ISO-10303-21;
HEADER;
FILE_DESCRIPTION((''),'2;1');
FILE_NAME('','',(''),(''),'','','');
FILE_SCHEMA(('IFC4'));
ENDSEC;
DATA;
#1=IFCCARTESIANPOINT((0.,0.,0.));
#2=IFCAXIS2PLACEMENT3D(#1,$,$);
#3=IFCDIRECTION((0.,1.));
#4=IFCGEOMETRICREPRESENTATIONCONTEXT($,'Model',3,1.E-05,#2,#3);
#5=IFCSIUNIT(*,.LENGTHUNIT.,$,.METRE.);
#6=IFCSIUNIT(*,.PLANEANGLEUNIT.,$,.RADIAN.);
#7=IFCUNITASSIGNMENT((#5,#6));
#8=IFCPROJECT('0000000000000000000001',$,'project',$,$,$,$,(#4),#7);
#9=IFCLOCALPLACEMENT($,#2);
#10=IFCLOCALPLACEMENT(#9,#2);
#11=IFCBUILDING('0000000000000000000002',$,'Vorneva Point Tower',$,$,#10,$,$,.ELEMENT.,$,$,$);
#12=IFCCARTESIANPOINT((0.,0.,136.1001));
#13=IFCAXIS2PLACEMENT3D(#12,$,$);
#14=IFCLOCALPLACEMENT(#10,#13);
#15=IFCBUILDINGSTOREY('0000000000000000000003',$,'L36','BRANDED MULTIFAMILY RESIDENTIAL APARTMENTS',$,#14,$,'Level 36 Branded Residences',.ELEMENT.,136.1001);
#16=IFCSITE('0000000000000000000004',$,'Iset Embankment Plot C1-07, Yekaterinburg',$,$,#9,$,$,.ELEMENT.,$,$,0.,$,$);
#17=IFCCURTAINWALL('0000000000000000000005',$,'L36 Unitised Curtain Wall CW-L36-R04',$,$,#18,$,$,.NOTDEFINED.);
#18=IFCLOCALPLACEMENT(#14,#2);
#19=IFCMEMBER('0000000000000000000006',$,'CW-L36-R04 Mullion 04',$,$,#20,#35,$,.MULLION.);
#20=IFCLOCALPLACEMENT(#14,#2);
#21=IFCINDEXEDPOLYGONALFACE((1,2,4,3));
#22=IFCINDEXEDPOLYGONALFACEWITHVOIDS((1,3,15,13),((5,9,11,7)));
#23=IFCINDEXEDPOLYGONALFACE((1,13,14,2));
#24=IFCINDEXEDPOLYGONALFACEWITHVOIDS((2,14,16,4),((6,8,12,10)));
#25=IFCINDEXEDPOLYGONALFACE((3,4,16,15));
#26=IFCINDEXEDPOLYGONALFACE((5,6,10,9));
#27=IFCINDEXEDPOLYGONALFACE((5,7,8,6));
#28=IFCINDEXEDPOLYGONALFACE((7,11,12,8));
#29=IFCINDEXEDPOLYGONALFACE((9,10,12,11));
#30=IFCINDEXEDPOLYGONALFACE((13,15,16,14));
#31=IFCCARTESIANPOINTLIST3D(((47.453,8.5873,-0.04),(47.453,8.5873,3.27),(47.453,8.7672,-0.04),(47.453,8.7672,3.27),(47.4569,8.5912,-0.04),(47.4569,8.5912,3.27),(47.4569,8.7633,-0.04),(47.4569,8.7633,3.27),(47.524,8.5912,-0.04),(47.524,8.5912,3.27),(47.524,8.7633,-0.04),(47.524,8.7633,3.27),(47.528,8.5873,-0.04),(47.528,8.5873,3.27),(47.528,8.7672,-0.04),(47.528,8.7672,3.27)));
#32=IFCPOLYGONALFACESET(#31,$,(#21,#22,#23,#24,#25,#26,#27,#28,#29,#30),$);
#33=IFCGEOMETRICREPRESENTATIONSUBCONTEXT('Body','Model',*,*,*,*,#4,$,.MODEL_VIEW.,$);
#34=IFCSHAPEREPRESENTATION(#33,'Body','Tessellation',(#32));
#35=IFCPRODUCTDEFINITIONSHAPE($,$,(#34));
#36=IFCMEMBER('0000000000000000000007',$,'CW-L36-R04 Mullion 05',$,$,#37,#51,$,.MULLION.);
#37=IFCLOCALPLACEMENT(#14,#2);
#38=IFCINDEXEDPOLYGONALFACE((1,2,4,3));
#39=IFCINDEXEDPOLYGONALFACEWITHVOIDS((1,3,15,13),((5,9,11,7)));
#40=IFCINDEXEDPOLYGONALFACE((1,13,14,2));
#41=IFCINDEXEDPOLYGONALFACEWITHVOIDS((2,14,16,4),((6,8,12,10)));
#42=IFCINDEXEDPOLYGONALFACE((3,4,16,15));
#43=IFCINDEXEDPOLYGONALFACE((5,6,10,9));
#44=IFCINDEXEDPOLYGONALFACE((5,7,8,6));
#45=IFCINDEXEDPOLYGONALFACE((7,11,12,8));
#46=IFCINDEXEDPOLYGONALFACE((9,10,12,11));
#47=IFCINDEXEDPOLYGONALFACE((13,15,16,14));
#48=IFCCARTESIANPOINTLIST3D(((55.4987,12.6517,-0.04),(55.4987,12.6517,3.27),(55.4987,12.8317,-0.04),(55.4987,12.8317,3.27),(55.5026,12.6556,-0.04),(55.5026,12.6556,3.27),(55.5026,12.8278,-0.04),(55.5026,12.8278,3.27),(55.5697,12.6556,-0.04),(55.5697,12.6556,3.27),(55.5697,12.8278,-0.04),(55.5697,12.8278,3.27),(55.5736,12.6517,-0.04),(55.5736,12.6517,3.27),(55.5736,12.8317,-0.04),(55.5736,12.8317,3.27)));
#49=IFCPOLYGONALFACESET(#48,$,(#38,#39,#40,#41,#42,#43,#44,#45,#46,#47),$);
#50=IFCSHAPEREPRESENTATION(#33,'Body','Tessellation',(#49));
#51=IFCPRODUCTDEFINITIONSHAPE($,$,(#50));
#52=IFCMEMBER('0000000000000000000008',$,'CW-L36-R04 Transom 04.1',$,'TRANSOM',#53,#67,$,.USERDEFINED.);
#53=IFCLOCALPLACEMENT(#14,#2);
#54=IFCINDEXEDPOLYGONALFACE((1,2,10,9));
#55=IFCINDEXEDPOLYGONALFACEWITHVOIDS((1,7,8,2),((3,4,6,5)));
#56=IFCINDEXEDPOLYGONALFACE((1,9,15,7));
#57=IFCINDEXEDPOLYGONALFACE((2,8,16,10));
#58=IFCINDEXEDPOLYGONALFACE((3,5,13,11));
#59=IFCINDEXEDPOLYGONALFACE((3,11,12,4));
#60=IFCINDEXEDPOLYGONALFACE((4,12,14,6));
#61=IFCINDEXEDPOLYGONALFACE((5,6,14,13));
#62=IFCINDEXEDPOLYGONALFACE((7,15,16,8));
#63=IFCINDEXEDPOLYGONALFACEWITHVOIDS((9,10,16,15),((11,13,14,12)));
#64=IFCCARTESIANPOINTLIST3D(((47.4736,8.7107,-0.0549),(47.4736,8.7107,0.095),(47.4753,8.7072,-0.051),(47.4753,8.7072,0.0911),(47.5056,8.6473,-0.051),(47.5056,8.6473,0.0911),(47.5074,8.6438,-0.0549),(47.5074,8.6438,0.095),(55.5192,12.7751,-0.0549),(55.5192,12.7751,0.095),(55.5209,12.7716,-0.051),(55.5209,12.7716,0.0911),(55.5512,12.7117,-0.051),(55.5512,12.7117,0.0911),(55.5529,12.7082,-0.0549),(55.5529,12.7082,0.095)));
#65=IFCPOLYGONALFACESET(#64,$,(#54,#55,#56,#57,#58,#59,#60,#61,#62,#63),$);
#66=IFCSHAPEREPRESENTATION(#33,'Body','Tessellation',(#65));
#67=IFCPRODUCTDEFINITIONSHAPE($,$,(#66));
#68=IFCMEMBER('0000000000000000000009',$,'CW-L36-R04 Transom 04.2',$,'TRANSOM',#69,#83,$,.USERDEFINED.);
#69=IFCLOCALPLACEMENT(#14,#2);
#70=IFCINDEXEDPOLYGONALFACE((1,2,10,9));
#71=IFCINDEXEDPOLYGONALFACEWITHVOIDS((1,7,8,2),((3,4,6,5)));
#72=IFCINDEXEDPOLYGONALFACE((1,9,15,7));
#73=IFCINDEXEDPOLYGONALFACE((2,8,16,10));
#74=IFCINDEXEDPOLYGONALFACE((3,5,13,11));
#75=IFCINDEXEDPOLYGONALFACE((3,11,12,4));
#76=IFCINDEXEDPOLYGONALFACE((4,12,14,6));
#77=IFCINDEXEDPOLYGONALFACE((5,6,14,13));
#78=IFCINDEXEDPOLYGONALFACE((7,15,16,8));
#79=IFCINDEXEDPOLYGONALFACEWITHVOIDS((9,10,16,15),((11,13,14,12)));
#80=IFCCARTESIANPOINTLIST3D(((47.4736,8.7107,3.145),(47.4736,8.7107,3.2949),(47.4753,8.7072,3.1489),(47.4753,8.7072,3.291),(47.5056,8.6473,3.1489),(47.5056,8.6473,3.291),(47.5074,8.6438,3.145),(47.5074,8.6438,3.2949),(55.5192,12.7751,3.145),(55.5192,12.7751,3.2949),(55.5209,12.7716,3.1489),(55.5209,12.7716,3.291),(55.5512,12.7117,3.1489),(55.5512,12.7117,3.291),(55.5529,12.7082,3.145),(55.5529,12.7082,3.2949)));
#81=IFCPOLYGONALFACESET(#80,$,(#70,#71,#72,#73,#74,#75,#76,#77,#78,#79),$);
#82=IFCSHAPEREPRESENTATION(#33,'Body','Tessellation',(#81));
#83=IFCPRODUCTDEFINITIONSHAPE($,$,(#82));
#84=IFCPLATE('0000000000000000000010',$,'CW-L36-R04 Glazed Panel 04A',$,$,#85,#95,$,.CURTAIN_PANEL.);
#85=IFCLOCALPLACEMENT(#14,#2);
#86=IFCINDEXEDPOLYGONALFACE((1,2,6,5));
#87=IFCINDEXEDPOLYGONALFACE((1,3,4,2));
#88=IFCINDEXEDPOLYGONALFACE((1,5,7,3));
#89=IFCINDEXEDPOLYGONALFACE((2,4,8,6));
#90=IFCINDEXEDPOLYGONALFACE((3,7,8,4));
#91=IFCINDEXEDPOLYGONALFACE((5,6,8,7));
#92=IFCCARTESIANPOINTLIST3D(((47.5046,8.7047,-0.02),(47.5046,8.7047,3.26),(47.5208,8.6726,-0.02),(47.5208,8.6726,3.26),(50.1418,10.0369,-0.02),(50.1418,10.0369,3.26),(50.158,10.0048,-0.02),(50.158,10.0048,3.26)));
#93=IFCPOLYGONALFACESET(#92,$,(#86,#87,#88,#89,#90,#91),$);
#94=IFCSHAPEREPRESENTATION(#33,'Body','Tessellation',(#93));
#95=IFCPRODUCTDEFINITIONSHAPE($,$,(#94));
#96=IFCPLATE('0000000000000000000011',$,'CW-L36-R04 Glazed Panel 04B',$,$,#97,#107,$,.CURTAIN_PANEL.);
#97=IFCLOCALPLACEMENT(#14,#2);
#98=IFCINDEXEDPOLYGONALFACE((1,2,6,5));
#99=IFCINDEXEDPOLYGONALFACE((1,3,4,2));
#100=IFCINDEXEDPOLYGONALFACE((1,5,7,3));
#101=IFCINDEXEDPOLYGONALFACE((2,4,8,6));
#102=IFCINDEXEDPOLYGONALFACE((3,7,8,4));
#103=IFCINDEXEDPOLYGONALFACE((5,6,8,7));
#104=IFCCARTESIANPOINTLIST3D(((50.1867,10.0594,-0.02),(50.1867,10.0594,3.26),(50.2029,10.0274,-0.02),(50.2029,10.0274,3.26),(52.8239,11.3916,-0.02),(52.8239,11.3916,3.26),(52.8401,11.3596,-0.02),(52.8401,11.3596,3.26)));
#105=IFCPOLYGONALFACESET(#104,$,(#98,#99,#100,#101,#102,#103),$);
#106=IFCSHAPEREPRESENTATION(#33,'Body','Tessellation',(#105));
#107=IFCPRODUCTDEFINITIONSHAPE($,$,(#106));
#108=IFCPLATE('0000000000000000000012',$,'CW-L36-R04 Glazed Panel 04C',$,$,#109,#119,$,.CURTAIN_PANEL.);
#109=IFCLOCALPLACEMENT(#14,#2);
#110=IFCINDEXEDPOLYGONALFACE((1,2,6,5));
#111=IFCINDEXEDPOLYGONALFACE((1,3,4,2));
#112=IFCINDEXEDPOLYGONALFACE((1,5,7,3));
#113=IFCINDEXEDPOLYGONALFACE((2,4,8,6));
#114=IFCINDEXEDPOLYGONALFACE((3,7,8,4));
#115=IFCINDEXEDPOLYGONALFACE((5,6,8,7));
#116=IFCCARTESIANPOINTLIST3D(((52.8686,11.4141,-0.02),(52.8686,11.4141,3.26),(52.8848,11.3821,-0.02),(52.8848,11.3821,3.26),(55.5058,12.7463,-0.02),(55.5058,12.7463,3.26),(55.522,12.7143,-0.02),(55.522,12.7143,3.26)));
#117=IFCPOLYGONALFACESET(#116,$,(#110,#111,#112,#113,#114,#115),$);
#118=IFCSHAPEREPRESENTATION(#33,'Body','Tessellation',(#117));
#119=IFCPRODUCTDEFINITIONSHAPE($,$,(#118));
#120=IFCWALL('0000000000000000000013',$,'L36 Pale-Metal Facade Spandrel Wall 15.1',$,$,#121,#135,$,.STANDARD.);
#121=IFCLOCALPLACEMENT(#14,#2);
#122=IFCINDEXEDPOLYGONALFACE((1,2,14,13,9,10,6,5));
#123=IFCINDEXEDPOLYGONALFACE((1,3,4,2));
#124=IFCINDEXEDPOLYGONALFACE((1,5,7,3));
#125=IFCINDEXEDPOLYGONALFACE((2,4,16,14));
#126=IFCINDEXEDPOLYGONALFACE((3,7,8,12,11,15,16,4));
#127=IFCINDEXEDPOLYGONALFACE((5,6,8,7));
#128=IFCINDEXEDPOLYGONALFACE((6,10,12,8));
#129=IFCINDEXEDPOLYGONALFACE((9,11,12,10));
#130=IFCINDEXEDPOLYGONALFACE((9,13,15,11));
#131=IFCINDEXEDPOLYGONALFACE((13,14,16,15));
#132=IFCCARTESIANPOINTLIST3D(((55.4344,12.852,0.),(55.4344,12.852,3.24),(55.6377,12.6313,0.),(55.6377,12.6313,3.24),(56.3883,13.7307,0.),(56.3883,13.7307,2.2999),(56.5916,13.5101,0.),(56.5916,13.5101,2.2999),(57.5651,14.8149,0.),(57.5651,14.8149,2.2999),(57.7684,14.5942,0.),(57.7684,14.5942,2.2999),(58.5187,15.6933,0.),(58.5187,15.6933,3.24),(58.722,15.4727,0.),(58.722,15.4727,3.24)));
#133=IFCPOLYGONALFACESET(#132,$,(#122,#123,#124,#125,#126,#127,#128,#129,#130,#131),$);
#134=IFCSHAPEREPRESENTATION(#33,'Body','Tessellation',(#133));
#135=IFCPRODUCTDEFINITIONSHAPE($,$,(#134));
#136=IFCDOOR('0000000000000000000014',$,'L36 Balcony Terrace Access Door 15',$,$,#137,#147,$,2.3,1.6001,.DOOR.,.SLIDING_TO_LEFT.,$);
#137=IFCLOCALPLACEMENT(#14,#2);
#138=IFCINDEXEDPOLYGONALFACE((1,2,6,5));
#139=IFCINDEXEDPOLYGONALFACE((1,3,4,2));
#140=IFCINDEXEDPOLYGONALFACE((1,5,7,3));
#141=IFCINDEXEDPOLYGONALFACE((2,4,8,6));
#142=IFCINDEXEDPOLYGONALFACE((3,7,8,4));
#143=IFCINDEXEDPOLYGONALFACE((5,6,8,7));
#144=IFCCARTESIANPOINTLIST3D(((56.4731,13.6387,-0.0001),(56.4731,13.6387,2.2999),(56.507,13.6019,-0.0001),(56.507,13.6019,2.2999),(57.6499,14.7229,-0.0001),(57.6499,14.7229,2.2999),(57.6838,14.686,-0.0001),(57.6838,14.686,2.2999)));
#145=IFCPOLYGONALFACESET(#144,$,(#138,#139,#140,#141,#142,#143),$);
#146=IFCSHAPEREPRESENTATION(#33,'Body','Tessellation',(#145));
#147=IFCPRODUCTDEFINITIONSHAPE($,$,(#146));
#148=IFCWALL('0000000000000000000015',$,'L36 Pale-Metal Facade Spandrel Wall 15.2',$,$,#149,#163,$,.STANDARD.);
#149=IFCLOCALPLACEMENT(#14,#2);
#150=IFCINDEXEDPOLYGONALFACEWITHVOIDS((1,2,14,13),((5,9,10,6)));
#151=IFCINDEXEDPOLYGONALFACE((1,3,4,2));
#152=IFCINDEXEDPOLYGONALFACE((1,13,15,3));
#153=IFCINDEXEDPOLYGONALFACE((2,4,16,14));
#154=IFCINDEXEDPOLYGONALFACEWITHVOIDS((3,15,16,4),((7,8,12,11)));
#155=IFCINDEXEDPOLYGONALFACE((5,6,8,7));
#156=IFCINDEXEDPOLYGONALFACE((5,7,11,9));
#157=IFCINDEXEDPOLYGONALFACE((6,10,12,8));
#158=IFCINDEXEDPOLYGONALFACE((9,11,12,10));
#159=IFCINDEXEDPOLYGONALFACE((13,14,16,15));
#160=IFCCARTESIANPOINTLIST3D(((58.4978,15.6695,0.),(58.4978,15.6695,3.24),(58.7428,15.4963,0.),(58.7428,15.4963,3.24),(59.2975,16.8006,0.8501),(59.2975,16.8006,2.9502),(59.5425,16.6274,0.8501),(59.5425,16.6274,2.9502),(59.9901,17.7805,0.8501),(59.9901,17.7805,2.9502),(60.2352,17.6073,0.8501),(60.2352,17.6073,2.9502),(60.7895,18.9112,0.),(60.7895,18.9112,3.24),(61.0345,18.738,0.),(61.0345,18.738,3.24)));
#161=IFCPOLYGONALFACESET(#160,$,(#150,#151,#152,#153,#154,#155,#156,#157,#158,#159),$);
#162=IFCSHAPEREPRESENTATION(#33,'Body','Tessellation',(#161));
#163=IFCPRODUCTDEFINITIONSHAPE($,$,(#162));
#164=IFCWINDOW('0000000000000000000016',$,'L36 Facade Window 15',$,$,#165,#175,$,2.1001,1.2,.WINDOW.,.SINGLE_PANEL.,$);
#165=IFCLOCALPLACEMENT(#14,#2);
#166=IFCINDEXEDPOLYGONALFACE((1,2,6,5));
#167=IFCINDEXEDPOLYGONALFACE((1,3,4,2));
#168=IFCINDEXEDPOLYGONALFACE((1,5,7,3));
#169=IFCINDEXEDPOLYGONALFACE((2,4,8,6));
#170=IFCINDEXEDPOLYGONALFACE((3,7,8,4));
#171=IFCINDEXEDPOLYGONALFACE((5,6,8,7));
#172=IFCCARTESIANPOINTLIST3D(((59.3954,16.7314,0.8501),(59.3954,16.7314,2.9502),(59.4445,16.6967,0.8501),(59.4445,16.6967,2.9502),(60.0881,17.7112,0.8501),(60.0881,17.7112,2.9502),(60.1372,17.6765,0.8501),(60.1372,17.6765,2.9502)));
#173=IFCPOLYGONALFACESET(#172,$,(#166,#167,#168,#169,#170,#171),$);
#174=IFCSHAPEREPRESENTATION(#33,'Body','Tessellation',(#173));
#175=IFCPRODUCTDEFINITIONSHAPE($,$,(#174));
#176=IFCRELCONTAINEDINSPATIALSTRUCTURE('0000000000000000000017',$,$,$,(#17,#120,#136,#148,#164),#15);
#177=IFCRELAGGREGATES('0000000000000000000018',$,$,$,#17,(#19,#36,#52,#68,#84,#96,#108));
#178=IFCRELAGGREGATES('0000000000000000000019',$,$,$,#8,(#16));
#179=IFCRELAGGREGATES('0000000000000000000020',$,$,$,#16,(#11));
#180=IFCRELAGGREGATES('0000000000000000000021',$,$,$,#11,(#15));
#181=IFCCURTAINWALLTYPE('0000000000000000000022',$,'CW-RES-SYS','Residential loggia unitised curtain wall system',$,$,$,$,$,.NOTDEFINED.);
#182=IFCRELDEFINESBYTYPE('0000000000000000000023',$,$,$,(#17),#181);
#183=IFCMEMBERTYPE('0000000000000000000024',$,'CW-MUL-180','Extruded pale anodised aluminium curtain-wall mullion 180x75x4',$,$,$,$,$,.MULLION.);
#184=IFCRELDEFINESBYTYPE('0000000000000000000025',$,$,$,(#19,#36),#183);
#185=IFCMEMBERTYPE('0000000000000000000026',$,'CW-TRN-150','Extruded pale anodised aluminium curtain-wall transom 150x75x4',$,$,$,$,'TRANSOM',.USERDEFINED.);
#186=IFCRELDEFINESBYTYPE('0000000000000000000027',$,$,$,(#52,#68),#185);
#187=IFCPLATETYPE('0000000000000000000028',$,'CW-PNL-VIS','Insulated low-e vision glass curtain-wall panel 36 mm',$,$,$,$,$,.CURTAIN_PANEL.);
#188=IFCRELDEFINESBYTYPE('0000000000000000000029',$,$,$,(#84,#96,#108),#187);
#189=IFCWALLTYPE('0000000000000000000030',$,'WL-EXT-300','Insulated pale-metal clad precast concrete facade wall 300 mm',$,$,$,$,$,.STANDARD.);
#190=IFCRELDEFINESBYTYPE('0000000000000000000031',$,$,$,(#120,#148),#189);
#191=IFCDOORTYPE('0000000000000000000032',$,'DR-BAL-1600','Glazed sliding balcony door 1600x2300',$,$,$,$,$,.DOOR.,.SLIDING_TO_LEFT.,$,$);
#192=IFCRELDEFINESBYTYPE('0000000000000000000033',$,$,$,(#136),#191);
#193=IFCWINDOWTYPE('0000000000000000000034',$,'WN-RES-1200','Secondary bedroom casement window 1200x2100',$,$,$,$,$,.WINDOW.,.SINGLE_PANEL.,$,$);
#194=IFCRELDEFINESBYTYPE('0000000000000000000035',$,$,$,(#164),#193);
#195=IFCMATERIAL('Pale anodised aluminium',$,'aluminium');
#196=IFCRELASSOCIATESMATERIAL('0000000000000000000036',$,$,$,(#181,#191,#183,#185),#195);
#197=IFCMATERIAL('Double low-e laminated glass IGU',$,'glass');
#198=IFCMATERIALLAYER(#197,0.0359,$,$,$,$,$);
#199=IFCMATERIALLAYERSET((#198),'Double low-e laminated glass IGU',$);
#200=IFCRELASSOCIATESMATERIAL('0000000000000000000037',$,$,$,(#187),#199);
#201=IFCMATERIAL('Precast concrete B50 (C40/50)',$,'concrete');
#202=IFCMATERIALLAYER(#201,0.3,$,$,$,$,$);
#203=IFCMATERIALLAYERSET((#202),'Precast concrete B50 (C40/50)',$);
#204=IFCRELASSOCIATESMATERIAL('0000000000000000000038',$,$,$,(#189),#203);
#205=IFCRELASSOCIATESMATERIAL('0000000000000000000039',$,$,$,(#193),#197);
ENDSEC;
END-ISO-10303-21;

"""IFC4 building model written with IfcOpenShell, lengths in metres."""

from ifc_helpers import new_model, si_unit, direction, frame, frame_2d, origin, origin_2d, place, context, subcontext, project, spatial, rectangle, hollow_rectangle, extrude, material, layer, layer_set, material_profile, profile_set, type_object, element, fill, aggregate, save


model = new_model("IFC4")

# Units and contexts
model_context = context("Model", 3, precision=1e-05, world=origin(), true_north=direction((0.0, 1.0)))
body_context = subcontext(model_context, "Body", "Model", "MODEL_VIEW")
ifc_project = project(units=[si_unit("LENGTHUNIT", "METRE"), si_unit("PLANEANGLEUNIT", "RADIAN")], contexts=[model_context])

# Site, building, storey
site_placement = place(None, origin())
site = spatial("IfcSite", under=ifc_project, at=site_placement, Name="Iset Embankment Plot C1-07, Yekaterinburg", CompositionType="ELEMENT", RefElevation=0.0)
building_placement = place(site_placement, origin())
building = spatial("IfcBuilding", under=site, at=building_placement, Name="Vorneva Point Tower", CompositionType="ELEMENT")
storey_placement = place(building_placement, frame((0.0, 0.0, 136.1001)))
storey = spatial("IfcBuildingStorey", under=building, at=storey_placement, Name="L36", Description="BRANDED MULTIFAMILY RESIDENTIAL APARTMENTS", LongName="Level 36 Branded Residences", CompositionType="ELEMENT", Elevation=136.1001)

# Curtain wall, members, plates
ifc_material_1 = material(Name="Pale anodised aluminium", Category="aluminium")
curtain_wall_type = type_object("IfcCurtainWallType", Name="CW-RES-SYS", Description="Residential loggia unitised curtain wall system", PredefinedType="NOTDEFINED", material=ifc_material_1)
curtain_wall_placement = place(storey_placement, origin())
curtain_wall = element("IfcCurtainWall", 1, at=curtain_wall_placement, inside=storey, type_object=curtain_wall_type, Name="L36 Unitised Curtain Wall CW-L36-R04", PredefinedType="NOTDEFINED")
ifc_material_profile_1 = material_profile(ifc_material_1, hollow_rectangle(XDim=0.075, YDim=0.1799, WallThickness=0.0039, at=origin_2d()), Name="AL-MUL 180x75x4")
ifc_profile_set_1 = profile_set([ifc_material_profile_1], Name="Pale anodised aluminium")
member_type_1 = type_object("IfcMemberType", Name="CW-MUL-180", Description="Extruded pale anodised aluminium curtain-wall mullion 180x75x4", PredefinedType="MULLION", material=ifc_profile_set_1)
member_1_placement = place(storey_placement, frame((47.4905, 8.6772, -0.04), z_axis=(0.0, 0.0, 1.0), x_axis=(1.0, 0.0, 0.0)))
member_1 = element("IfcMember", 2, at=member_1_placement, type_object=member_type_1, Name="CW-L36-R04 Mullion 04", PredefinedType="MULLION", context=body_context, shape_type="SweptSolid", body=[
    extrude(hollow_rectangle(XDim=0.075, YDim=0.1799, WallThickness=0.0039, at=origin_2d()), origin(), (0.0, 0.0, 1.0), 3.3101),
])
member_2_placement = place(storey_placement, frame((55.5361, 12.7417, -0.04), z_axis=(0.0, 0.0, 1.0), x_axis=(1.0, 0.0, 0.0)))
member_2 = element("IfcMember", 3, at=member_2_placement, type_object=member_type_1, Name="CW-L36-R04 Mullion 05", PredefinedType="MULLION", context=body_context, shape_type="SweptSolid", body=[
    extrude(hollow_rectangle(XDim=0.075, YDim=0.1799, WallThickness=0.0039, at=origin_2d()), origin(), (0.0, 0.0, 1.0), 3.3101),
])
ifc_material_profile_2 = material_profile(ifc_material_1, hollow_rectangle(XDim=0.075, YDim=0.1499, WallThickness=0.0039, at=origin_2d()), Name="AL-TRN 150x75x4")
ifc_profile_set_2 = profile_set([ifc_material_profile_2], Name="Pale anodised aluminium")
member_type_2 = type_object("IfcMemberType", Name="CW-TRN-150", Description="Extruded pale anodised aluminium curtain-wall transom 150x75x4", ElementType="TRANSOM", PredefinedType="USERDEFINED", material=ifc_profile_set_2)
member_3_placement = place(storey_placement, frame((47.4905, 8.6772, 0.02), z_axis=(0.892572, 0.450904, 0.0), x_axis=(-0.450904, 0.892572, 0.0)))
member_3 = element("IfcMember", 4, at=member_3_placement, type_object=member_type_2, Name="CW-L36-R04 Transom 04.1", ObjectType="TRANSOM", PredefinedType="USERDEFINED", context=body_context, shape_type="SweptSolid", body=[
    extrude(hollow_rectangle(XDim=0.075, YDim=0.1499, WallThickness=0.0039, at=origin_2d()), origin(), (0.0, 0.0, 1.0), 9.0139),
])
member_4_placement = place(storey_placement, frame((47.4905, 8.6772, 3.22), z_axis=(0.892572, 0.450904, 0.0), x_axis=(-0.450904, 0.892572, 0.0)))
member_4 = element("IfcMember", 5, at=member_4_placement, type_object=member_type_2, Name="CW-L36-R04 Transom 04.2", ObjectType="TRANSOM", PredefinedType="USERDEFINED", context=body_context, shape_type="SweptSolid", body=[
    extrude(hollow_rectangle(XDim=0.075, YDim=0.1499, WallThickness=0.0039, at=origin_2d()), origin(), (0.0, 0.0, 1.0), 9.0139),
])
ifc_material_2 = material(Name="Double low-e laminated glass IGU", Category="glass")
ifc_layer_1 = layer(ifc_material_2, 0.0359)
ifc_layer_set_1 = layer_set([ifc_layer_1], Name="Double low-e laminated glass IGU")
plate_type = type_object("IfcPlateType", Name="CW-PNL-VIS", Description="Insulated low-e vision glass curtain-wall panel 36 mm", PredefinedType="CURTAIN_PANEL", material=ifc_layer_set_1)
plate_1_placement = place(storey_placement, frame((48.8313, 9.3547, -0.02), z_axis=(0.0, 0.0, 1.0), x_axis=(0.892578, 0.450893, 0.0)))
plate_1 = element("IfcPlate", 6, at=plate_1_placement, type_object=plate_type, Name="CW-L36-R04 Glazed Panel 04A", PredefinedType="CURTAIN_PANEL", context=body_context, shape_type="SweptSolid", body=[
    extrude(rectangle(XDim=2.9546, YDim=0.0359, at=origin_2d()), origin(), (0.0, 0.0, 1.0), 3.28),
])
plate_2_placement = place(storey_placement, frame((51.5134, 10.7095, -0.02), z_axis=(0.0, 0.0, 1.0), x_axis=(0.892578, 0.450893, 0.0)))
plate_2 = element("IfcPlate", 7, at=plate_2_placement, type_object=plate_type, Name="CW-L36-R04 Glazed Panel 04B", PredefinedType="CURTAIN_PANEL", context=body_context, shape_type="SweptSolid", body=[
    extrude(rectangle(XDim=2.9546, YDim=0.0359, at=origin_2d()), origin(), (0.0, 0.0, 1.0), 3.28),
])
plate_3_placement = place(storey_placement, frame((54.1953, 12.0642, -0.02), z_axis=(0.0, 0.0, 1.0), x_axis=(0.892578, 0.450893, 0.0)))
plate_3 = element("IfcPlate", 8, at=plate_3_placement, type_object=plate_type, Name="CW-L36-R04 Glazed Panel 04C", PredefinedType="CURTAIN_PANEL", context=body_context, shape_type="SweptSolid", body=[
    extrude(rectangle(XDim=2.9546, YDim=0.0359, at=origin_2d()), origin(), (0.0, 0.0, 1.0), 3.28),
])
aggregate(curtain_wall, [member_1, member_2, member_3, member_4, plate_1, plate_2, plate_3])

# Wall, opening, door
ifc_material_3 = material(Name="Precast concrete B50 (C40/50)", Category="concrete")
ifc_layer_2 = layer(ifc_material_3, 0.3)
ifc_layer_set_2 = layer_set([ifc_layer_2], Name="Precast concrete B50 (C40/50)")
wall_type_1 = type_object("IfcWallType", Name="WL-EXT-300", Description="Insulated pale-metal clad precast concrete facade wall 300 mm", PredefinedType="STANDARD", material=ifc_layer_set_2)
wall_1_placement = place(storey_placement, frame((55.5361, 12.7417, 0.0), z_axis=(0.0, 0.0, 1.0), x_axis=(0.735477, 0.67755, 0.0)))
wall_1 = element("IfcWall", 9, at=wall_1_placement, inside=storey, type_object=wall_type_1, Name="L36 Pale-Metal Facade Spandrel Wall 15.1", PredefinedType="STANDARD", context=body_context, shape_type="SweptSolid", body=[
    extrude(rectangle(XDim=4.1936, YDim=0.3, at=frame_2d((2.0967, 0.0))), origin(), (0.0, 0.0, 1.0), 3.24),
])
opening_1_placement = place(wall_1_placement, frame((1.2969, 0.0, 0.0)))
opening_1 = element("IfcOpeningElement", 10, at=opening_1_placement, cuts=wall_1, PredefinedType="OPENING", context=body_context, shape_type="SweptSolid", body=[
    extrude(rectangle(XDim=1.6001, YDim=2.3, at=frame_2d((0.8, 1.1499))), frame((0.0, 0.165, 0.0), z_axis=(0.0, -1.0, 0.0), x_axis=(1.0, 0.0, 0.0)), (0.0, 0.0, 1.0), 0.3298),
])
door_type_1 = type_object("IfcDoorType", Name="DR-BAL-1600", Description="Glazed sliding balcony door 1600x2300", OperationType="SLIDING_TO_LEFT", PredefinedType="DOOR", material=ifc_material_1)
door_1_placement = place(opening_1_placement, origin())
door_1 = element("IfcDoor", 11, at=door_1_placement, inside=storey, type_object=door_type_1, Name="L36 Balcony Terrace Access Door 15", OperationType="SLIDING_TO_LEFT", OverallHeight=2.3, OverallWidth=1.6001, PredefinedType="DOOR", context=body_context, shape_type="SweptSolid", body=[
    extrude(rectangle(XDim=1.6001, YDim=2.3, at=frame_2d((0.8, 1.1499))), frame((0.0, 0.0249, 0.0), z_axis=(0.0, -1.0, 0.0), x_axis=(1.0, 0.0, 0.0)), (0.0, 0.0, 1.0), 0.05),
])
fill(opening_1, door_1)

# Wall, opening, window
wall_2_placement = place(storey_placement, frame((58.6204, 15.583, 0.0), z_axis=(0.0, 0.0, 1.0), x_axis=(0.57727, 0.816554, 0.0)))
wall_2 = element("IfcWall", 12, at=wall_2_placement, inside=storey, type_object=wall_type_1, Name="L36 Pale-Metal Facade Spandrel Wall 15.2", PredefinedType="STANDARD", context=body_context, shape_type="SweptSolid", body=[
    extrude(rectangle(XDim=3.97, YDim=0.3, at=frame_2d((1.9849, 0.0))), origin(), (0.0, 0.0, 1.0), 3.24),
])
opening_2_placement = place(wall_2_placement, frame((1.385, 0.0, 0.8501)))
opening_2 = element("IfcOpeningElement", 13, at=opening_2_placement, cuts=wall_2, PredefinedType="OPENING", context=body_context, shape_type="SweptSolid", body=[
    extrude(rectangle(XDim=1.2, YDim=2.1001, at=frame_2d((0.6001, 1.05))), frame((0.0, 0.165, 0.0), z_axis=(0.0, -1.0, 0.0), x_axis=(1.0, 0.0, 0.0)), (0.0, 0.0, 1.0), 0.3298),
])
window_type = type_object("IfcWindowType", Name="WN-RES-1200", Description="Secondary bedroom casement window 1200x2100", PartitioningType="SINGLE_PANEL", PredefinedType="WINDOW", material=ifc_material_2)
window_placement = place(opening_2_placement, origin())
window = element("IfcWindow", 14, at=window_placement, inside=storey, type_object=window_type, Name="L36 Facade Window 15", OverallHeight=2.1001, OverallWidth=1.2, PartitioningType="SINGLE_PANEL", PredefinedType="WINDOW", context=body_context, shape_type="SweptSolid", body=[
    extrude(rectangle(XDim=1.2, YDim=2.1001, at=frame_2d((0.6001, 1.05))), frame((0.0, 0.03, 0.0), z_axis=(0.0, -1.0, 0.0), x_axis=(1.0, 0.0, 0.0)), (0.0, 0.0, 1.0), 0.0601),
])
fill(opening_2, window)

save(model, "model.ifc")
